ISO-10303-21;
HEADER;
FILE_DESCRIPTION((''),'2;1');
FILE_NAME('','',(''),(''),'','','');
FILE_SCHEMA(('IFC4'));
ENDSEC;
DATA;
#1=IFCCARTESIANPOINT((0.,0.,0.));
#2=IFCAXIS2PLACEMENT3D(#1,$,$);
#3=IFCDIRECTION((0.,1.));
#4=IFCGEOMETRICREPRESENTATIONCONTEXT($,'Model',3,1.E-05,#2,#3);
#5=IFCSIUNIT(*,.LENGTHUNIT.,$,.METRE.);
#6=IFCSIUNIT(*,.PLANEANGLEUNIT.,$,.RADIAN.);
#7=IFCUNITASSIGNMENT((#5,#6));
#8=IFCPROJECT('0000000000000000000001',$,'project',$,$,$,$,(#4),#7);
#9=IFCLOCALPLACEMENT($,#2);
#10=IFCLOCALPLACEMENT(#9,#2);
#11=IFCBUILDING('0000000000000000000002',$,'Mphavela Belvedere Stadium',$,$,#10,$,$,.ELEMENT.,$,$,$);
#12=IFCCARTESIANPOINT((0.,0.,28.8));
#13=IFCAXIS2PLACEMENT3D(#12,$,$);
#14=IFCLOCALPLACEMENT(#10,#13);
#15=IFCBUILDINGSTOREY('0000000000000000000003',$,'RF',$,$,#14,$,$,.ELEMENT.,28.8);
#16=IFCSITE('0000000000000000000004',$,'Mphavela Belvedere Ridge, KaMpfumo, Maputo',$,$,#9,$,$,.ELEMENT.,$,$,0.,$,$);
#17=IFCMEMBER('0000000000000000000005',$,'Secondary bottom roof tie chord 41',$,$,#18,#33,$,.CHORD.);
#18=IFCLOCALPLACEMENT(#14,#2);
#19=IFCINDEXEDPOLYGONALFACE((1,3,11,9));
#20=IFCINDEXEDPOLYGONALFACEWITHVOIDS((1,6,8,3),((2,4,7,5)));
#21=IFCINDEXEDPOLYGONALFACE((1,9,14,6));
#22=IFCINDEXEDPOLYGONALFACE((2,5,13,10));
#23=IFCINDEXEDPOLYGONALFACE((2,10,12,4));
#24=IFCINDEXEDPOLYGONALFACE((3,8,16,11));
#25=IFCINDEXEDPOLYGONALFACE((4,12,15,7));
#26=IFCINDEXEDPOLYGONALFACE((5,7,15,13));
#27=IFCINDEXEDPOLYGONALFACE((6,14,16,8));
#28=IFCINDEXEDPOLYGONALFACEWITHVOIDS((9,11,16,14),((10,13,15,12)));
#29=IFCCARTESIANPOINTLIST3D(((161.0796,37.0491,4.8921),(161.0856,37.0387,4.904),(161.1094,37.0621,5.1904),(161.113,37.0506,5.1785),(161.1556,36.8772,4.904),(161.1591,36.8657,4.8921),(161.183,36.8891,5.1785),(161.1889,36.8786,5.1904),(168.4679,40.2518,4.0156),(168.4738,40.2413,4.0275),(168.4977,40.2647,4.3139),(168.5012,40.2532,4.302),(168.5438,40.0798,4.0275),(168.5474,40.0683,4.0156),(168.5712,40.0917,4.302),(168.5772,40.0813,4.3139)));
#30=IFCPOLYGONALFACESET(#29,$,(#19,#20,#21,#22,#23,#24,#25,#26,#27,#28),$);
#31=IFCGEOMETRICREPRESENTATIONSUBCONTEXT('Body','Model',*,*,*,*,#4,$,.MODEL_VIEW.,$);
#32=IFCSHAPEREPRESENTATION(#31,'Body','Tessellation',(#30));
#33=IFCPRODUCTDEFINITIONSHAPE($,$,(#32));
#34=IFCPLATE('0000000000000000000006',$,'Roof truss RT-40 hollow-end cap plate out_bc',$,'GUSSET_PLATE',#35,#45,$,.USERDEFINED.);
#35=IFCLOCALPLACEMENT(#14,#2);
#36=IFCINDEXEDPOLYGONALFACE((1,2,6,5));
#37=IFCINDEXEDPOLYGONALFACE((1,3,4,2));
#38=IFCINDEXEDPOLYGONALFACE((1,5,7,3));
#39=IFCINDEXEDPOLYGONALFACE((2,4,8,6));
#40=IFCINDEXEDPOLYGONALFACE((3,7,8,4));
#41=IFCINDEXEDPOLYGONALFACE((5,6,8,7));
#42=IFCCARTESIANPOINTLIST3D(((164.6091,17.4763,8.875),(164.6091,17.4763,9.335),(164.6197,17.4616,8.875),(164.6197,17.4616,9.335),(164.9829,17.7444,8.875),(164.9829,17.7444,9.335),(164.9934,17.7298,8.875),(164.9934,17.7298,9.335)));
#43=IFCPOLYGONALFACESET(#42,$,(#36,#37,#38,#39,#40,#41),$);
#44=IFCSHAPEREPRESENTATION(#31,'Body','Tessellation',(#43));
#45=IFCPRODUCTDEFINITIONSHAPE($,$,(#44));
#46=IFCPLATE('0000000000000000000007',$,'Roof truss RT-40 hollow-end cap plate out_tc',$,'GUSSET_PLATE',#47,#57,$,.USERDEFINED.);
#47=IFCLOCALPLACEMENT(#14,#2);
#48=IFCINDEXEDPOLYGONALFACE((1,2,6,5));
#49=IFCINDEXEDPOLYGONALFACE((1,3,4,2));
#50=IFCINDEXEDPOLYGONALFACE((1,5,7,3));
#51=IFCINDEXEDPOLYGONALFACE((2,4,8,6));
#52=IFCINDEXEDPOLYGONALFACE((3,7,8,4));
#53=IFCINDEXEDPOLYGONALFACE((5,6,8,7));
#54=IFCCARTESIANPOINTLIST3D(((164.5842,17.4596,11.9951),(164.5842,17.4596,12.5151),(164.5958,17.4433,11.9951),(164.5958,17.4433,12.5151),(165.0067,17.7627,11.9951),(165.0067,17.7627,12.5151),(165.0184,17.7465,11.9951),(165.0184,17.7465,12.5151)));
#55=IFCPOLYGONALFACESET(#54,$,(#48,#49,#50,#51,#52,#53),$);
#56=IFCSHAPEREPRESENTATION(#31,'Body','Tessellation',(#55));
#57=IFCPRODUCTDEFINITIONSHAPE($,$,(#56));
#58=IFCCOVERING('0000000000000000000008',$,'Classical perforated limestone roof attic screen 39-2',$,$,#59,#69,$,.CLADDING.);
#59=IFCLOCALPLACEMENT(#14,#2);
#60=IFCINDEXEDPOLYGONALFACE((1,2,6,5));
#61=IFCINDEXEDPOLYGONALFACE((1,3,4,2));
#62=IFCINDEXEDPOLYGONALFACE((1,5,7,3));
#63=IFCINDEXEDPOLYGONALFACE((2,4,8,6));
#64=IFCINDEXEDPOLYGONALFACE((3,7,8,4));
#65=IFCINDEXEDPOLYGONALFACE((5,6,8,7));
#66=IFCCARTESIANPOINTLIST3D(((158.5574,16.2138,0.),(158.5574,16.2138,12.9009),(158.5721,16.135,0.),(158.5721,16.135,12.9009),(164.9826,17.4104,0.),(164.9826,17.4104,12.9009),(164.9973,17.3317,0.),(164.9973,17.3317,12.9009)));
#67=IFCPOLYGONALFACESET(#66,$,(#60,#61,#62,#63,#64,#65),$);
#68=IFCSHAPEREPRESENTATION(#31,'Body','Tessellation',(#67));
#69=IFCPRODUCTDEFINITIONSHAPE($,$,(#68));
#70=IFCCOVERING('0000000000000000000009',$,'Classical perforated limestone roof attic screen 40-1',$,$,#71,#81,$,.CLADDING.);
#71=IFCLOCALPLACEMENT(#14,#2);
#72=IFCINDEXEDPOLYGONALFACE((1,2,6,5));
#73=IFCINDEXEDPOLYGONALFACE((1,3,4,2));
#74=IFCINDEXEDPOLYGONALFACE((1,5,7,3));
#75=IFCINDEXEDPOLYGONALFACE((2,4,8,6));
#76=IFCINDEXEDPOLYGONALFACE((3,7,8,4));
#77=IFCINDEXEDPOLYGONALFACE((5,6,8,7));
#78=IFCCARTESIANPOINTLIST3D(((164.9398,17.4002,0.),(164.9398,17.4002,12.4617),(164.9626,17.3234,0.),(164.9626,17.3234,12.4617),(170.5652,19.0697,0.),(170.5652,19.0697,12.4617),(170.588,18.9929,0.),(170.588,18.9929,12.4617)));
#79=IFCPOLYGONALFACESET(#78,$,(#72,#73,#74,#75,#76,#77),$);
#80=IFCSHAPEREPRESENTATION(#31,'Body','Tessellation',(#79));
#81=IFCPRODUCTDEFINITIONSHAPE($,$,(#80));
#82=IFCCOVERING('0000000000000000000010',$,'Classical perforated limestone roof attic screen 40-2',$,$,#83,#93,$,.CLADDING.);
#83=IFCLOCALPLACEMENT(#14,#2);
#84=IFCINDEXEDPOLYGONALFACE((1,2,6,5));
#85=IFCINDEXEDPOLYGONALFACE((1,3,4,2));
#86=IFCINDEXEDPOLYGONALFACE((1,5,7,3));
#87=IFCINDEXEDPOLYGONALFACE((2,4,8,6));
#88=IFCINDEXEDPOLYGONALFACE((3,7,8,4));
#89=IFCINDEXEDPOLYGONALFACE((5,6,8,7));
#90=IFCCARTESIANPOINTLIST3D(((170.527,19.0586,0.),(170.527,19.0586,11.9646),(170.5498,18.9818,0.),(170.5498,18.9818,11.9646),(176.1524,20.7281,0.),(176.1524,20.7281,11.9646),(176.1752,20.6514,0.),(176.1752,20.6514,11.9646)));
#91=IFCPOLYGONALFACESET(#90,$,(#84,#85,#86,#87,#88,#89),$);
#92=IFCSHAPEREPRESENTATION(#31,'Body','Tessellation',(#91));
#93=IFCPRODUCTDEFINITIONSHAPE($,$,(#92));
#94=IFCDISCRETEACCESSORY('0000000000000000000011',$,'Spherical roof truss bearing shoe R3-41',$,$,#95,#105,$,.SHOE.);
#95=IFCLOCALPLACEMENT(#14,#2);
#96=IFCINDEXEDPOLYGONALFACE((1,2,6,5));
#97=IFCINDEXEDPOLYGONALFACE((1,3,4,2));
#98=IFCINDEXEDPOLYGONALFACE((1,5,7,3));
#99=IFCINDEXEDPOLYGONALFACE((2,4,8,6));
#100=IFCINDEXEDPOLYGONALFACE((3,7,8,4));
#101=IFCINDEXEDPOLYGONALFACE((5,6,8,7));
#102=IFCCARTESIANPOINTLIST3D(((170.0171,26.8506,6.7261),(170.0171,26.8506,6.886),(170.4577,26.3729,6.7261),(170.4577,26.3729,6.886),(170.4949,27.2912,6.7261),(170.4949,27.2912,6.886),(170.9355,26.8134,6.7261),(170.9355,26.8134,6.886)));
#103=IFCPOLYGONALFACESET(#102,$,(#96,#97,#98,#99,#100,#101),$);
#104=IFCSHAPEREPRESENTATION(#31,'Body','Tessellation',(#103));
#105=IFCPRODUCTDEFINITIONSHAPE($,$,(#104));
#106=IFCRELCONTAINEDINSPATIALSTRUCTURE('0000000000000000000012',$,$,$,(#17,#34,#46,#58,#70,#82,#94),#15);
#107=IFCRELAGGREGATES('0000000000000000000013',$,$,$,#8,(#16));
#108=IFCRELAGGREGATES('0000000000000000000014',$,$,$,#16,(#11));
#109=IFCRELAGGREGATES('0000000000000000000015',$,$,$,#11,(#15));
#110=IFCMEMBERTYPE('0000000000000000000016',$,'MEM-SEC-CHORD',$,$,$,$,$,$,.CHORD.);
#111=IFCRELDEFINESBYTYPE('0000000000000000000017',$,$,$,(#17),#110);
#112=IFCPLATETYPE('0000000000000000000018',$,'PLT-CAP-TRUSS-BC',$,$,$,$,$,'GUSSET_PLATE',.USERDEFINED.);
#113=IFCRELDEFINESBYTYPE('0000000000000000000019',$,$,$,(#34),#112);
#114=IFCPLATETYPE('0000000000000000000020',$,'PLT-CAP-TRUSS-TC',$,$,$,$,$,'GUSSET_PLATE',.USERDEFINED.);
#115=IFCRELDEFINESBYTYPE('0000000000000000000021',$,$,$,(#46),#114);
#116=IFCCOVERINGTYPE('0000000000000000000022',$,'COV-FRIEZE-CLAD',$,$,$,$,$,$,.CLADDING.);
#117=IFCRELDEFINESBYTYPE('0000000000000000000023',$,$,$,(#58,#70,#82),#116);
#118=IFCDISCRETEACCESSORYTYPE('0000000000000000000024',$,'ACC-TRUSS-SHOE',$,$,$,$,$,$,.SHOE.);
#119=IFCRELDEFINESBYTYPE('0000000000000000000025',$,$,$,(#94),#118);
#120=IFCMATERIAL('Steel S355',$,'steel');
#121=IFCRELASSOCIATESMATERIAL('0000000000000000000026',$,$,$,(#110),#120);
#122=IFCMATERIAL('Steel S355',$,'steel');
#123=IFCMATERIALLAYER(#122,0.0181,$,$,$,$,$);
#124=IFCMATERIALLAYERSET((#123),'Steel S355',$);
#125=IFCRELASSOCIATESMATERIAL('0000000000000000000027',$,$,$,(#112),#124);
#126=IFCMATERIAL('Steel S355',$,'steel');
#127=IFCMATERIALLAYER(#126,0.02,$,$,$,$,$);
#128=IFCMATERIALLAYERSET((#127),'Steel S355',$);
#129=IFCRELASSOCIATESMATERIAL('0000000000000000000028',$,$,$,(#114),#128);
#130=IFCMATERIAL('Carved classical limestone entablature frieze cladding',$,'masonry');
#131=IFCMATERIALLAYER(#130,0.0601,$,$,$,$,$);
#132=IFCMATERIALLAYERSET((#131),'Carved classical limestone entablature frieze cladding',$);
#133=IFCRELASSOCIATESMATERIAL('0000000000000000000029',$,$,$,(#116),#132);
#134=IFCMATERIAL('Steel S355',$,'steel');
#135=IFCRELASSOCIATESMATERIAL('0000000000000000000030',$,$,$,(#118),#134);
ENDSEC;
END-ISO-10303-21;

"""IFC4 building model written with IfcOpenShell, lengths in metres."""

from ifc_helpers import new_model, si_unit, direction, frame, origin, origin_2d, place, context, subcontext, project, spatial, rectangle, hollow_rectangle, extrude, material, layer, layer_set, material_profile, profile_set, type_object, element, save


model = new_model("IFC4")

# Units and contexts
model_context = context("Model", 3, precision=1e-05, world=origin(), true_north=direction((0.0, 1.0)))
body_context = subcontext(model_context, "Body", "Model", "MODEL_VIEW")
ifc_project = project(units=[si_unit("LENGTHUNIT", "METRE"), si_unit("PLANEANGLEUNIT", "RADIAN")], contexts=[model_context])

# Site, building, storey
site_placement = place(None, origin())
site = spatial("IfcSite", under=ifc_project, at=site_placement, Name="Mphavela Belvedere Ridge, KaMpfumo, Maputo", CompositionType="ELEMENT", RefElevation=0.0)
building_placement = place(site_placement, origin())
building = spatial("IfcBuilding", under=site, at=building_placement, Name="Mphavela Belvedere Stadium", CompositionType="ELEMENT")
storey_placement = place(building_placement, frame((0.0, 0.0, 28.8)))
storey = spatial("IfcBuildingStorey", under=building, at=storey_placement, Name="RF", CompositionType="ELEMENT", Elevation=28.8)

# Member
ifc_material_1 = material(Name="Steel S355", Category="steel")
ifc_material_profile_1 = material_profile(ifc_material_1, hollow_rectangle(XDim=0.2, YDim=0.3, WallThickness=0.012, at=origin_2d()), Name="RHS 300x200x12")
ifc_profile_set_1 = profile_set([ifc_material_profile_1], Name="Steel S355")
member_type_1 = type_object("IfcMemberType", Name="MEM-SEC-CHORD", PredefinedType="CHORD", material=ifc_profile_set_1)
member_1_placement = place(storey_placement, frame((161.1343, 36.9639, 5.0413), z_axis=(0.912119, 0.395386, -0.108205), x_axis=(-0.397721, 0.917506, 0.0)))
element("IfcMember", 1, at=member_1_placement, inside=storey, type_object=member_type_1, Name="Secondary bottom roof tie chord 41", PredefinedType="CHORD", context=body_context, shape_type="SweptSolid", body=[
    extrude(hollow_rectangle(XDim=0.2, YDim=0.3, WallThickness=0.012, at=origin_2d()), origin(), (0.0, 0.0, 1.0), 8.1001),
])

# Plates
ifc_material_2 = material(Name="Steel S355", Category="steel")
ifc_layer_1 = layer(ifc_material_2, 0.0181)
ifc_layer_set_1 = layer_set([ifc_layer_1], Name="Steel S355")
plate_type_1 = type_object("IfcPlateType", Name="PLT-CAP-TRUSS-BC", ElementType="GUSSET_PLATE", PredefinedType="USERDEFINED", material=ifc_layer_set_1)
plate_1_placement = place(storey_placement, frame((164.8013, 17.603, 8.875), z_axis=(0.0, 0.0, 1.0), x_axis=(0.582974, -0.812491, 0.0)))
element("IfcPlate", 2, at=plate_1_placement, inside=storey, type_object=plate_type_1, Name="Roof truss RT-40 hollow-end cap plate out_bc", ObjectType="GUSSET_PLATE", PredefinedType="USERDEFINED", context=body_context, shape_type="SweptSolid", body=[
    extrude(rectangle(XDim=0.0181, YDim=0.46, at=origin_2d()), origin(), (0.0, 0.0, 1.0), 0.46),
])
ifc_material_3 = material(Name="Steel S355", Category="steel")
ifc_layer_2 = layer(ifc_material_3, 0.02)
ifc_layer_set_2 = layer_set([ifc_layer_2], Name="Steel S355")
plate_type_2 = type_object("IfcPlateType", Name="PLT-CAP-TRUSS-TC", ElementType="GUSSET_PLATE", PredefinedType="USERDEFINED", material=ifc_layer_set_2)
plate_2_placement = place(storey_placement, frame((164.8013, 17.603, 11.9951), z_axis=(0.0, 0.0, 1.0), x_axis=(0.582974, -0.812491, 0.0)))
element("IfcPlate", 3, at=plate_2_placement, inside=storey, type_object=plate_type_2, Name="Roof truss RT-40 hollow-end cap plate out_tc", ObjectType="GUSSET_PLATE", PredefinedType="USERDEFINED", context=body_context, shape_type="SweptSolid", body=[
    extrude(rectangle(XDim=0.02, YDim=0.52, at=origin_2d()), origin(), (0.0, 0.0, 1.0), 0.52),
])

# Coverings
ifc_material_4 = material(Name="Carved classical limestone entablature frieze cladding", Category="masonry")
ifc_layer_3 = layer(ifc_material_4, 0.0601)
ifc_layer_set_3 = layer_set([ifc_layer_3], Name="Carved classical limestone entablature frieze cladding")
covering_type = type_object("IfcCoveringType", Name="COV-FRIEZE-CLAD", PredefinedType="CLADDING", material=ifc_layer_set_3)
covering_1_placement = place(storey_placement, frame((161.7773, 16.7727, 0.0), z_axis=(0.0, 0.0, 1.0), x_axis=(0.983096, 0.183094, 0.0)))
element("IfcCovering", 4, at=covering_1_placement, inside=storey, type_object=covering_type, Name="Classical perforated limestone roof attic screen 39-2", PredefinedType="CLADDING", context=body_context, shape_type="SweptSolid", body=[
    extrude(rectangle(XDim=6.5356, YDim=0.0801, at=origin_2d()), origin(), (0.0, 0.0, 1.0), 12.9009),
])
covering_2_placement = place(storey_placement, frame((167.7639, 18.1965, 0.0), z_axis=(0.0, 0.0, 1.0), x_axis=(0.958671, 0.284517, 0.0)))
element("IfcCovering", 5, at=covering_2_placement, inside=storey, type_object=covering_type, Name="Classical perforated limestone roof attic screen 40-1", PredefinedType="CLADDING", context=body_context, shape_type="SweptSolid", body=[
    extrude(rectangle(XDim=5.8679, YDim=0.0801, at=origin_2d()), origin(), (0.0, 0.0, 1.0), 12.4617),
])
covering_3_placement = place(storey_placement, frame((173.3511, 19.855, 0.0), z_axis=(0.0, 0.0, 1.0), x_axis=(0.958671, 0.284517, 0.0)))
element("IfcCovering", 6, at=covering_3_placement, inside=storey, type_object=covering_type, Name="Classical perforated limestone roof attic screen 40-2", PredefinedType="CLADDING", context=body_context, shape_type="SweptSolid", body=[
    extrude(rectangle(XDim=5.8679, YDim=0.0801, at=origin_2d()), origin(), (0.0, 0.0, 1.0), 11.9646),
])

# Discrete accessory
ifc_material_5 = material(Name="Steel S355", Category="steel")
discrete_accessory_type = type_object("IfcDiscreteAccessoryType", Name="ACC-TRUSS-SHOE", PredefinedType="SHOE", material=ifc_material_5)
discrete_accessory_placement = place(storey_placement, frame((170.4763, 26.832, 6.7261), z_axis=(0.0, 0.0, 1.0), x_axis=(0.677903, -0.735151, 0.0)))
element("IfcDiscreteAccessory", 7, at=discrete_accessory_placement, inside=storey, type_object=discrete_accessory_type, Name="Spherical roof truss bearing shoe R3-41", PredefinedType="SHOE", context=body_context, shape_type="SweptSolid", body=[
    extrude(rectangle(XDim=0.6499, YDim=0.6499, at=origin_2d()), origin(), (0.0, 0.0, 1.0), 0.1599),
])

save(model, "model.ifc")
